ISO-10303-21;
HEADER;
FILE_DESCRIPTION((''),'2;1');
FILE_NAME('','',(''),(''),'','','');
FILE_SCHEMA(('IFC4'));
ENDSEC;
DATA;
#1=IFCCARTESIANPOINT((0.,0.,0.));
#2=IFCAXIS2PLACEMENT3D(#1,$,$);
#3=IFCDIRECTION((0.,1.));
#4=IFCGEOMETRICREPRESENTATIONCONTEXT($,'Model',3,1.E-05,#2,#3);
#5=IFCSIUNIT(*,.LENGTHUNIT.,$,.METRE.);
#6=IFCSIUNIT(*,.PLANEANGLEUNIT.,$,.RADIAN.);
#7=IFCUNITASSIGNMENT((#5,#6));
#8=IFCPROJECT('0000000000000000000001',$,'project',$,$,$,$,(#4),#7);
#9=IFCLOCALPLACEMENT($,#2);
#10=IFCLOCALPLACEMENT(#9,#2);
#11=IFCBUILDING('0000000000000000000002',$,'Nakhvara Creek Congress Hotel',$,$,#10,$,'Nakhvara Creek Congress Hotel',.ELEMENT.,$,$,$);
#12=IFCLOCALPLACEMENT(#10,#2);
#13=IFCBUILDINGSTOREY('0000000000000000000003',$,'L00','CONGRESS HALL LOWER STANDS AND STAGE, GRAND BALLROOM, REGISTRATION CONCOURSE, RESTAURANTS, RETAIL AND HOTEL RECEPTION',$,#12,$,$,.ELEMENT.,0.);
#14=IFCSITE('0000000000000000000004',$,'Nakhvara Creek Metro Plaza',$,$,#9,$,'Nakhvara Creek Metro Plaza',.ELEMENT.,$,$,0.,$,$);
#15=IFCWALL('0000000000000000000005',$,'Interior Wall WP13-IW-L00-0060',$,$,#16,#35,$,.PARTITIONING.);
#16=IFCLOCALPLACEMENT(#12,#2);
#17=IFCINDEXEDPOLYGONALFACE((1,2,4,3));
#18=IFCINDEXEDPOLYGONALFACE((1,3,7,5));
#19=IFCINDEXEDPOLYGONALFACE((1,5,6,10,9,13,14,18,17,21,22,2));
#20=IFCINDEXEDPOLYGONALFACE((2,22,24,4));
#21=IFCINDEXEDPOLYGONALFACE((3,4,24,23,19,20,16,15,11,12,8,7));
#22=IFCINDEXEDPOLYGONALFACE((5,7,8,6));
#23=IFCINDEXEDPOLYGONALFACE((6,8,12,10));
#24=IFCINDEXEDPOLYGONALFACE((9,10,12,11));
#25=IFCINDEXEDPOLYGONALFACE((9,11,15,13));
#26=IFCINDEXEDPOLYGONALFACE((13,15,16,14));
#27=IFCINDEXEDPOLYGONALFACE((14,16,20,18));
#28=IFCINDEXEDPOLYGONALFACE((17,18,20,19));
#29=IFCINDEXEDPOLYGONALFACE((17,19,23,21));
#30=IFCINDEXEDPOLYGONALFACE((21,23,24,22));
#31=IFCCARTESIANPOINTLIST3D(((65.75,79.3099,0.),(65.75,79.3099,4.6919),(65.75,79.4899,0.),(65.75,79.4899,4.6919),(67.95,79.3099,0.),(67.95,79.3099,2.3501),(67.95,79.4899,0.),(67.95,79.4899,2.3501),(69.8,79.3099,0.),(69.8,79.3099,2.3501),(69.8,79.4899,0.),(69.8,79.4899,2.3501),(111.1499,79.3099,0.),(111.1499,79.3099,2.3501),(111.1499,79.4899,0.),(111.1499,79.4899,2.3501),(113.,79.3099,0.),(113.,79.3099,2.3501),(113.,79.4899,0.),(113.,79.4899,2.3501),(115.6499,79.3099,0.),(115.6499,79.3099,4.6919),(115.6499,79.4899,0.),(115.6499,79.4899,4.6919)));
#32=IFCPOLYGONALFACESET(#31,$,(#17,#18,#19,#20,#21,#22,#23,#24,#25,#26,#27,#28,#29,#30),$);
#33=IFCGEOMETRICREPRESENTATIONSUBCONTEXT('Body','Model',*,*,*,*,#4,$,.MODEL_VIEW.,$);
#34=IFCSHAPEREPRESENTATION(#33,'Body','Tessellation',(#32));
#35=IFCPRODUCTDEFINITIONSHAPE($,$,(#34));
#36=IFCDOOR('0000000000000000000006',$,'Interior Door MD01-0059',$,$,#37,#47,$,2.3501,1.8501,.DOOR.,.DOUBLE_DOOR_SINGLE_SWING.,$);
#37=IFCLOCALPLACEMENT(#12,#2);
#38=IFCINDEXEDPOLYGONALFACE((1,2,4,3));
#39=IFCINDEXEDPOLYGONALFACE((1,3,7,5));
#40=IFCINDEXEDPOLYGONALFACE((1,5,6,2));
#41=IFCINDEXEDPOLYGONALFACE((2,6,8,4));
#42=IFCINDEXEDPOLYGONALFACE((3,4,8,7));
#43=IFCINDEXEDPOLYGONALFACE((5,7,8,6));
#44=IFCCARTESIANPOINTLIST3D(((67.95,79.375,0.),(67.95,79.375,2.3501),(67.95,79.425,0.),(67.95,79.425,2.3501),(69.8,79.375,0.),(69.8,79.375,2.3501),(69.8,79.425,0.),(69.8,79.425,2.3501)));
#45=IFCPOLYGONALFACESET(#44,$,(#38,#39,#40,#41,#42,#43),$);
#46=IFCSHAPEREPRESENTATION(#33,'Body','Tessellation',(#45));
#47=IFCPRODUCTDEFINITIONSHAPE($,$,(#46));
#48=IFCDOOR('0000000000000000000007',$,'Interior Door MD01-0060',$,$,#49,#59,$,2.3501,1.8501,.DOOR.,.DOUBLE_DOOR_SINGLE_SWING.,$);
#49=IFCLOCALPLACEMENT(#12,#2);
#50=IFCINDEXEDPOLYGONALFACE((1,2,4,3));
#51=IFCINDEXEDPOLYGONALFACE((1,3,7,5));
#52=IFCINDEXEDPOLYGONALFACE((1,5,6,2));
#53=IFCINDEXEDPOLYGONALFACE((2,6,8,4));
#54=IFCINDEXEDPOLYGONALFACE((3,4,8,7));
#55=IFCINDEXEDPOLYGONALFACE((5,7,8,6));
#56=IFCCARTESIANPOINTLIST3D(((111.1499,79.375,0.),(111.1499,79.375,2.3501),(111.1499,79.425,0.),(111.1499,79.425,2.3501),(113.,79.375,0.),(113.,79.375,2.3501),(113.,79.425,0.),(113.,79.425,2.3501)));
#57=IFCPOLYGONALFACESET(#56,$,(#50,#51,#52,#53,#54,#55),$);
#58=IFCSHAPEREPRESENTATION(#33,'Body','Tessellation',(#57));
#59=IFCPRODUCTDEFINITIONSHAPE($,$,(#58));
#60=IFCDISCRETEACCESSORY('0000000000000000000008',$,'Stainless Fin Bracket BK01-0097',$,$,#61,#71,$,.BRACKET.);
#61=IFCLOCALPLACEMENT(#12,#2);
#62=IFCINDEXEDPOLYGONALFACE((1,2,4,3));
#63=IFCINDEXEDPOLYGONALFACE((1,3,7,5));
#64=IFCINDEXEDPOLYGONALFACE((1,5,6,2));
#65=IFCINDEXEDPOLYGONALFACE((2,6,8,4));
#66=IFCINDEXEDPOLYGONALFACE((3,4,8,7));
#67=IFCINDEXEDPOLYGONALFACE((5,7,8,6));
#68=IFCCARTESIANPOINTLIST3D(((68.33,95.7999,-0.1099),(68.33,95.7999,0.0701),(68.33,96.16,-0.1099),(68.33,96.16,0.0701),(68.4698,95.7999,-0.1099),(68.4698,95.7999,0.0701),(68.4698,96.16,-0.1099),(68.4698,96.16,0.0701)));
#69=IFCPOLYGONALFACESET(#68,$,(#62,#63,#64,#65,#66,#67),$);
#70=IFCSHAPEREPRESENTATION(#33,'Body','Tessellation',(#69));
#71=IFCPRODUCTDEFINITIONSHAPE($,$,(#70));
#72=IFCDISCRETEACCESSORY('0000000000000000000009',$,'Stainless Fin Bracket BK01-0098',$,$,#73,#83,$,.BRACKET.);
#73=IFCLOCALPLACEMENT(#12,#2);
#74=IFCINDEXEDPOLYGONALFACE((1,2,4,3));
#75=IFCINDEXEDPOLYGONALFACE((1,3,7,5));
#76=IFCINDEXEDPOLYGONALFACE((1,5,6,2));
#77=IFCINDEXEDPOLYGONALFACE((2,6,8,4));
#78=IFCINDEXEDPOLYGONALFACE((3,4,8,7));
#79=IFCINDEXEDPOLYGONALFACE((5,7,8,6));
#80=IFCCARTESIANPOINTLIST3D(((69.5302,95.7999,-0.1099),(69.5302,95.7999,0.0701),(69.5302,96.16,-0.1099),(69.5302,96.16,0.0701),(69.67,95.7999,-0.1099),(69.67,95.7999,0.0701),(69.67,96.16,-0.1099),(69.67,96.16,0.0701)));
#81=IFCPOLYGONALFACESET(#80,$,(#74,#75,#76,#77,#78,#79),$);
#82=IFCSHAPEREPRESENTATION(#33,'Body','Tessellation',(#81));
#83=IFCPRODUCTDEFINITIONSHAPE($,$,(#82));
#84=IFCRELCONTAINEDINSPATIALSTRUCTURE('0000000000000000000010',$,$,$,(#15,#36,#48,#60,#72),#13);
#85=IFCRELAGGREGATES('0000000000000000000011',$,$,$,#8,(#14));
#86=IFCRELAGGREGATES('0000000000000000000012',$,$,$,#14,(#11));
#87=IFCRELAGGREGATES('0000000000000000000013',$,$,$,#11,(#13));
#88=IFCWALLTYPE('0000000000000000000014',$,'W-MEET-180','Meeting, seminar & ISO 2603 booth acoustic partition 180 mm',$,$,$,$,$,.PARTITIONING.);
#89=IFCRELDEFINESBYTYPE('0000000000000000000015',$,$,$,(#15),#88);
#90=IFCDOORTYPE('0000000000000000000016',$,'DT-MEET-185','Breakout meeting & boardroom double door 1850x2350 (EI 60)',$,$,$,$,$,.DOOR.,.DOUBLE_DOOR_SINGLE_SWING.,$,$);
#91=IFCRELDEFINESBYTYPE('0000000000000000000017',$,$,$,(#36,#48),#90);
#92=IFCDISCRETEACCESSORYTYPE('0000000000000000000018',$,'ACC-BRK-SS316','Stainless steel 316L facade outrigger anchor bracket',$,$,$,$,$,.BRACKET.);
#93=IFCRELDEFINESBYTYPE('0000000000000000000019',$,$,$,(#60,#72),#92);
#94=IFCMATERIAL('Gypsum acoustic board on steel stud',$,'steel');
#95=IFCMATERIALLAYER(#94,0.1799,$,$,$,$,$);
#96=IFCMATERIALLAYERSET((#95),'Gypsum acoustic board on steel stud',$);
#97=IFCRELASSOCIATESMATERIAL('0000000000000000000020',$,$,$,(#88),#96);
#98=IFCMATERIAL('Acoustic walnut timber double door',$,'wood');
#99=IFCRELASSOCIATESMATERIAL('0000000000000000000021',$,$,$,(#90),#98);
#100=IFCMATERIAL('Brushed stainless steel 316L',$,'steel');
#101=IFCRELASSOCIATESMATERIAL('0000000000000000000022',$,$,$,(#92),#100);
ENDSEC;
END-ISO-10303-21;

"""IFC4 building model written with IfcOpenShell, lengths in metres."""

from ifc_helpers import new_model, si_unit, direction, frame, frame_2d, origin, origin_2d, place, context, subcontext, project, spatial, rectangle, extrude, material, layer, layer_set, type_object, element, fill, save


model = new_model("IFC4")

# Units and contexts
model_context = context("Model", 3, precision=1e-05, world=origin(), true_north=direction((0.0, 1.0)))
body_context = subcontext(model_context, "Body", "Model", "MODEL_VIEW")
ifc_project = project(units=[si_unit("LENGTHUNIT", "METRE"), si_unit("PLANEANGLEUNIT", "RADIAN")], contexts=[model_context])

# Site, building, storey
site_placement = place(None, origin())
site = spatial("IfcSite", under=ifc_project, at=site_placement, Name="Nakhvara Creek Metro Plaza", LongName="Nakhvara Creek Metro Plaza", CompositionType="ELEMENT", RefElevation=0.0)
building_placement = place(site_placement, origin())
building = spatial("IfcBuilding", under=site, at=building_placement, Name="Nakhvara Creek Congress Hotel", LongName="Nakhvara Creek Congress Hotel", CompositionType="ELEMENT")
storey_placement = place(building_placement, origin())
storey = spatial("IfcBuildingStorey", under=building, at=storey_placement, Name="L00", Description="CONGRESS HALL LOWER STANDS AND STAGE, GRAND BALLROOM, REGISTRATION CONCOURSE, RESTAURANTS, RETAIL AND HOTEL RECEPTION", CompositionType="ELEMENT", Elevation=0.0)

# Wall, openings, doors
ifc_material_1 = material(Name="Gypsum acoustic board on steel stud", Category="steel")
ifc_layer_1 = layer(ifc_material_1, 0.1799)
ifc_layer_set_1 = layer_set([ifc_layer_1], Name="Gypsum acoustic board on steel stud")
wall_type_1 = type_object("IfcWallType", Name="W-MEET-180", Description="Meeting, seminar & ISO 2603 booth acoustic partition 180 mm", PredefinedType="PARTITIONING", material=ifc_layer_set_1)
wall_1_placement = place(storey_placement, frame((65.75, 79.3999, 0.0), z_axis=(0.0, 0.0, 1.0), x_axis=(1.0, 0.0, 0.0)))
wall_1 = element("IfcWall", 1, at=wall_1_placement, inside=storey, type_object=wall_type_1, Name="Interior Wall WP13-IW-L00-0060", PredefinedType="PARTITIONING", context=body_context, shape_type="SweptSolid", body=[
    extrude(rectangle(XDim=49.8999, YDim=0.1799, at=frame_2d((24.95, 0.0))), origin(), (0.0, 0.0, 1.0), 4.6919),
])
opening_1_placement = place(wall_1_placement, frame((2.2, 0.0, 0.0)))
opening_1 = element("IfcOpeningElement", 2, at=opening_1_placement, cuts=wall_1, PredefinedType="OPENING", context=body_context, shape_type="SweptSolid", body=[
    extrude(rectangle(XDim=1.8501, YDim=2.3501, at=frame_2d((0.925, 1.175))), frame((0.0, 0.1021, 0.0), z_axis=(0.0, -1.0, 0.0), x_axis=(1.0, 0.0, 0.0)), (0.0, 0.0, 1.0), 0.2039),
])
opening_2_placement = place(wall_1_placement, frame((45.3999, 0.0, 0.0)))
opening_2 = element("IfcOpeningElement", 3, at=opening_2_placement, cuts=wall_1, PredefinedType="OPENING", context=body_context, shape_type="SweptSolid", body=[
    extrude(rectangle(XDim=1.8501, YDim=2.3501, at=frame_2d((0.925, 1.175))), frame((0.0, 0.1021, 0.0), z_axis=(0.0, -1.0, 0.0), x_axis=(1.0, 0.0, 0.0)), (0.0, 0.0, 1.0), 0.2039),
])
ifc_material_2 = material(Name="Acoustic walnut timber double door", Category="wood")
door_type_1 = type_object("IfcDoorType", Name="DT-MEET-185", Description="Breakout meeting & boardroom double door 1850x2350 (EI 60)", OperationType="DOUBLE_DOOR_SINGLE_SWING", PredefinedType="DOOR", material=ifc_material_2)
door_1_placement = place(opening_1_placement, frame((1.8501, 0.0, 0.0), z_axis=(0.0, 0.0, 1.0), x_axis=(-1.0, 0.0, 0.0)))
door_1 = element("IfcDoor", 4, at=door_1_placement, inside=storey, type_object=door_type_1, Name="Interior Door MD01-0059", OperationType="DOUBLE_DOOR_SINGLE_SWING", OverallHeight=2.3501, OverallWidth=1.8501, PredefinedType="DOOR", context=body_context, shape_type="SweptSolid", body=[
    extrude(rectangle(XDim=1.8501, YDim=2.3501, at=frame_2d((0.925, 1.175))), frame((0.0, 0.0249, 0.0), z_axis=(0.0, -1.0, 0.0), x_axis=(1.0, 0.0, 0.0)), (0.0, 0.0, 1.0), 0.05),
])
fill(opening_1, door_1)
door_2_placement = place(opening_2_placement, frame((1.8501, 0.0, 0.0), z_axis=(0.0, 0.0, 1.0), x_axis=(-1.0, 0.0, 0.0)))
door_2 = element("IfcDoor", 5, at=door_2_placement, inside=storey, type_object=door_type_1, Name="Interior Door MD01-0060", OperationType="DOUBLE_DOOR_SINGLE_SWING", OverallHeight=2.3501, OverallWidth=1.8501, PredefinedType="DOOR", context=body_context, shape_type="SweptSolid", body=[
    extrude(rectangle(XDim=1.8501, YDim=2.3501, at=frame_2d((0.925, 1.175))), frame((0.0, 0.0249, 0.0), z_axis=(0.0, -1.0, 0.0), x_axis=(1.0, 0.0, 0.0)), (0.0, 0.0, 1.0), 0.05),
])
fill(opening_2, door_2)

# Discrete accessories
ifc_material_3 = material(Name="Brushed stainless steel 316L", Category="steel")
discrete_accessory_type = type_object("IfcDiscreteAccessoryType", Name="ACC-BRK-SS316", Description="Stainless steel 316L facade outrigger anchor bracket", PredefinedType="BRACKET", material=ifc_material_3)
for number, where, z_axis, x_axis, name in (
    (6, (68.3999, 95.98, -0.1099), (0.0, 0.0, 1.0), (1.0, 0.0, 0.0), "Stainless Fin Bracket BK01-0097"),
    (7, (69.6001, 95.98, -0.1099), (0.0, 0.0, 1.0), (1.0, 0.0, 0.0), "Stainless Fin Bracket BK01-0098"),
):
    element("IfcDiscreteAccessory", number, at=place(storey_placement, frame(where, z_axis=z_axis, x_axis=x_axis)), inside=storey, type_object=discrete_accessory_type, Name=name, PredefinedType="BRACKET", context=body_context, shape_type="SweptSolid", body=[
        extrude(rectangle(XDim=0.1399, YDim=0.3601, at=origin_2d()), origin(), (0.0, 0.0, 1.0), 0.1799),
    ])

save(model, "model.ifc")
